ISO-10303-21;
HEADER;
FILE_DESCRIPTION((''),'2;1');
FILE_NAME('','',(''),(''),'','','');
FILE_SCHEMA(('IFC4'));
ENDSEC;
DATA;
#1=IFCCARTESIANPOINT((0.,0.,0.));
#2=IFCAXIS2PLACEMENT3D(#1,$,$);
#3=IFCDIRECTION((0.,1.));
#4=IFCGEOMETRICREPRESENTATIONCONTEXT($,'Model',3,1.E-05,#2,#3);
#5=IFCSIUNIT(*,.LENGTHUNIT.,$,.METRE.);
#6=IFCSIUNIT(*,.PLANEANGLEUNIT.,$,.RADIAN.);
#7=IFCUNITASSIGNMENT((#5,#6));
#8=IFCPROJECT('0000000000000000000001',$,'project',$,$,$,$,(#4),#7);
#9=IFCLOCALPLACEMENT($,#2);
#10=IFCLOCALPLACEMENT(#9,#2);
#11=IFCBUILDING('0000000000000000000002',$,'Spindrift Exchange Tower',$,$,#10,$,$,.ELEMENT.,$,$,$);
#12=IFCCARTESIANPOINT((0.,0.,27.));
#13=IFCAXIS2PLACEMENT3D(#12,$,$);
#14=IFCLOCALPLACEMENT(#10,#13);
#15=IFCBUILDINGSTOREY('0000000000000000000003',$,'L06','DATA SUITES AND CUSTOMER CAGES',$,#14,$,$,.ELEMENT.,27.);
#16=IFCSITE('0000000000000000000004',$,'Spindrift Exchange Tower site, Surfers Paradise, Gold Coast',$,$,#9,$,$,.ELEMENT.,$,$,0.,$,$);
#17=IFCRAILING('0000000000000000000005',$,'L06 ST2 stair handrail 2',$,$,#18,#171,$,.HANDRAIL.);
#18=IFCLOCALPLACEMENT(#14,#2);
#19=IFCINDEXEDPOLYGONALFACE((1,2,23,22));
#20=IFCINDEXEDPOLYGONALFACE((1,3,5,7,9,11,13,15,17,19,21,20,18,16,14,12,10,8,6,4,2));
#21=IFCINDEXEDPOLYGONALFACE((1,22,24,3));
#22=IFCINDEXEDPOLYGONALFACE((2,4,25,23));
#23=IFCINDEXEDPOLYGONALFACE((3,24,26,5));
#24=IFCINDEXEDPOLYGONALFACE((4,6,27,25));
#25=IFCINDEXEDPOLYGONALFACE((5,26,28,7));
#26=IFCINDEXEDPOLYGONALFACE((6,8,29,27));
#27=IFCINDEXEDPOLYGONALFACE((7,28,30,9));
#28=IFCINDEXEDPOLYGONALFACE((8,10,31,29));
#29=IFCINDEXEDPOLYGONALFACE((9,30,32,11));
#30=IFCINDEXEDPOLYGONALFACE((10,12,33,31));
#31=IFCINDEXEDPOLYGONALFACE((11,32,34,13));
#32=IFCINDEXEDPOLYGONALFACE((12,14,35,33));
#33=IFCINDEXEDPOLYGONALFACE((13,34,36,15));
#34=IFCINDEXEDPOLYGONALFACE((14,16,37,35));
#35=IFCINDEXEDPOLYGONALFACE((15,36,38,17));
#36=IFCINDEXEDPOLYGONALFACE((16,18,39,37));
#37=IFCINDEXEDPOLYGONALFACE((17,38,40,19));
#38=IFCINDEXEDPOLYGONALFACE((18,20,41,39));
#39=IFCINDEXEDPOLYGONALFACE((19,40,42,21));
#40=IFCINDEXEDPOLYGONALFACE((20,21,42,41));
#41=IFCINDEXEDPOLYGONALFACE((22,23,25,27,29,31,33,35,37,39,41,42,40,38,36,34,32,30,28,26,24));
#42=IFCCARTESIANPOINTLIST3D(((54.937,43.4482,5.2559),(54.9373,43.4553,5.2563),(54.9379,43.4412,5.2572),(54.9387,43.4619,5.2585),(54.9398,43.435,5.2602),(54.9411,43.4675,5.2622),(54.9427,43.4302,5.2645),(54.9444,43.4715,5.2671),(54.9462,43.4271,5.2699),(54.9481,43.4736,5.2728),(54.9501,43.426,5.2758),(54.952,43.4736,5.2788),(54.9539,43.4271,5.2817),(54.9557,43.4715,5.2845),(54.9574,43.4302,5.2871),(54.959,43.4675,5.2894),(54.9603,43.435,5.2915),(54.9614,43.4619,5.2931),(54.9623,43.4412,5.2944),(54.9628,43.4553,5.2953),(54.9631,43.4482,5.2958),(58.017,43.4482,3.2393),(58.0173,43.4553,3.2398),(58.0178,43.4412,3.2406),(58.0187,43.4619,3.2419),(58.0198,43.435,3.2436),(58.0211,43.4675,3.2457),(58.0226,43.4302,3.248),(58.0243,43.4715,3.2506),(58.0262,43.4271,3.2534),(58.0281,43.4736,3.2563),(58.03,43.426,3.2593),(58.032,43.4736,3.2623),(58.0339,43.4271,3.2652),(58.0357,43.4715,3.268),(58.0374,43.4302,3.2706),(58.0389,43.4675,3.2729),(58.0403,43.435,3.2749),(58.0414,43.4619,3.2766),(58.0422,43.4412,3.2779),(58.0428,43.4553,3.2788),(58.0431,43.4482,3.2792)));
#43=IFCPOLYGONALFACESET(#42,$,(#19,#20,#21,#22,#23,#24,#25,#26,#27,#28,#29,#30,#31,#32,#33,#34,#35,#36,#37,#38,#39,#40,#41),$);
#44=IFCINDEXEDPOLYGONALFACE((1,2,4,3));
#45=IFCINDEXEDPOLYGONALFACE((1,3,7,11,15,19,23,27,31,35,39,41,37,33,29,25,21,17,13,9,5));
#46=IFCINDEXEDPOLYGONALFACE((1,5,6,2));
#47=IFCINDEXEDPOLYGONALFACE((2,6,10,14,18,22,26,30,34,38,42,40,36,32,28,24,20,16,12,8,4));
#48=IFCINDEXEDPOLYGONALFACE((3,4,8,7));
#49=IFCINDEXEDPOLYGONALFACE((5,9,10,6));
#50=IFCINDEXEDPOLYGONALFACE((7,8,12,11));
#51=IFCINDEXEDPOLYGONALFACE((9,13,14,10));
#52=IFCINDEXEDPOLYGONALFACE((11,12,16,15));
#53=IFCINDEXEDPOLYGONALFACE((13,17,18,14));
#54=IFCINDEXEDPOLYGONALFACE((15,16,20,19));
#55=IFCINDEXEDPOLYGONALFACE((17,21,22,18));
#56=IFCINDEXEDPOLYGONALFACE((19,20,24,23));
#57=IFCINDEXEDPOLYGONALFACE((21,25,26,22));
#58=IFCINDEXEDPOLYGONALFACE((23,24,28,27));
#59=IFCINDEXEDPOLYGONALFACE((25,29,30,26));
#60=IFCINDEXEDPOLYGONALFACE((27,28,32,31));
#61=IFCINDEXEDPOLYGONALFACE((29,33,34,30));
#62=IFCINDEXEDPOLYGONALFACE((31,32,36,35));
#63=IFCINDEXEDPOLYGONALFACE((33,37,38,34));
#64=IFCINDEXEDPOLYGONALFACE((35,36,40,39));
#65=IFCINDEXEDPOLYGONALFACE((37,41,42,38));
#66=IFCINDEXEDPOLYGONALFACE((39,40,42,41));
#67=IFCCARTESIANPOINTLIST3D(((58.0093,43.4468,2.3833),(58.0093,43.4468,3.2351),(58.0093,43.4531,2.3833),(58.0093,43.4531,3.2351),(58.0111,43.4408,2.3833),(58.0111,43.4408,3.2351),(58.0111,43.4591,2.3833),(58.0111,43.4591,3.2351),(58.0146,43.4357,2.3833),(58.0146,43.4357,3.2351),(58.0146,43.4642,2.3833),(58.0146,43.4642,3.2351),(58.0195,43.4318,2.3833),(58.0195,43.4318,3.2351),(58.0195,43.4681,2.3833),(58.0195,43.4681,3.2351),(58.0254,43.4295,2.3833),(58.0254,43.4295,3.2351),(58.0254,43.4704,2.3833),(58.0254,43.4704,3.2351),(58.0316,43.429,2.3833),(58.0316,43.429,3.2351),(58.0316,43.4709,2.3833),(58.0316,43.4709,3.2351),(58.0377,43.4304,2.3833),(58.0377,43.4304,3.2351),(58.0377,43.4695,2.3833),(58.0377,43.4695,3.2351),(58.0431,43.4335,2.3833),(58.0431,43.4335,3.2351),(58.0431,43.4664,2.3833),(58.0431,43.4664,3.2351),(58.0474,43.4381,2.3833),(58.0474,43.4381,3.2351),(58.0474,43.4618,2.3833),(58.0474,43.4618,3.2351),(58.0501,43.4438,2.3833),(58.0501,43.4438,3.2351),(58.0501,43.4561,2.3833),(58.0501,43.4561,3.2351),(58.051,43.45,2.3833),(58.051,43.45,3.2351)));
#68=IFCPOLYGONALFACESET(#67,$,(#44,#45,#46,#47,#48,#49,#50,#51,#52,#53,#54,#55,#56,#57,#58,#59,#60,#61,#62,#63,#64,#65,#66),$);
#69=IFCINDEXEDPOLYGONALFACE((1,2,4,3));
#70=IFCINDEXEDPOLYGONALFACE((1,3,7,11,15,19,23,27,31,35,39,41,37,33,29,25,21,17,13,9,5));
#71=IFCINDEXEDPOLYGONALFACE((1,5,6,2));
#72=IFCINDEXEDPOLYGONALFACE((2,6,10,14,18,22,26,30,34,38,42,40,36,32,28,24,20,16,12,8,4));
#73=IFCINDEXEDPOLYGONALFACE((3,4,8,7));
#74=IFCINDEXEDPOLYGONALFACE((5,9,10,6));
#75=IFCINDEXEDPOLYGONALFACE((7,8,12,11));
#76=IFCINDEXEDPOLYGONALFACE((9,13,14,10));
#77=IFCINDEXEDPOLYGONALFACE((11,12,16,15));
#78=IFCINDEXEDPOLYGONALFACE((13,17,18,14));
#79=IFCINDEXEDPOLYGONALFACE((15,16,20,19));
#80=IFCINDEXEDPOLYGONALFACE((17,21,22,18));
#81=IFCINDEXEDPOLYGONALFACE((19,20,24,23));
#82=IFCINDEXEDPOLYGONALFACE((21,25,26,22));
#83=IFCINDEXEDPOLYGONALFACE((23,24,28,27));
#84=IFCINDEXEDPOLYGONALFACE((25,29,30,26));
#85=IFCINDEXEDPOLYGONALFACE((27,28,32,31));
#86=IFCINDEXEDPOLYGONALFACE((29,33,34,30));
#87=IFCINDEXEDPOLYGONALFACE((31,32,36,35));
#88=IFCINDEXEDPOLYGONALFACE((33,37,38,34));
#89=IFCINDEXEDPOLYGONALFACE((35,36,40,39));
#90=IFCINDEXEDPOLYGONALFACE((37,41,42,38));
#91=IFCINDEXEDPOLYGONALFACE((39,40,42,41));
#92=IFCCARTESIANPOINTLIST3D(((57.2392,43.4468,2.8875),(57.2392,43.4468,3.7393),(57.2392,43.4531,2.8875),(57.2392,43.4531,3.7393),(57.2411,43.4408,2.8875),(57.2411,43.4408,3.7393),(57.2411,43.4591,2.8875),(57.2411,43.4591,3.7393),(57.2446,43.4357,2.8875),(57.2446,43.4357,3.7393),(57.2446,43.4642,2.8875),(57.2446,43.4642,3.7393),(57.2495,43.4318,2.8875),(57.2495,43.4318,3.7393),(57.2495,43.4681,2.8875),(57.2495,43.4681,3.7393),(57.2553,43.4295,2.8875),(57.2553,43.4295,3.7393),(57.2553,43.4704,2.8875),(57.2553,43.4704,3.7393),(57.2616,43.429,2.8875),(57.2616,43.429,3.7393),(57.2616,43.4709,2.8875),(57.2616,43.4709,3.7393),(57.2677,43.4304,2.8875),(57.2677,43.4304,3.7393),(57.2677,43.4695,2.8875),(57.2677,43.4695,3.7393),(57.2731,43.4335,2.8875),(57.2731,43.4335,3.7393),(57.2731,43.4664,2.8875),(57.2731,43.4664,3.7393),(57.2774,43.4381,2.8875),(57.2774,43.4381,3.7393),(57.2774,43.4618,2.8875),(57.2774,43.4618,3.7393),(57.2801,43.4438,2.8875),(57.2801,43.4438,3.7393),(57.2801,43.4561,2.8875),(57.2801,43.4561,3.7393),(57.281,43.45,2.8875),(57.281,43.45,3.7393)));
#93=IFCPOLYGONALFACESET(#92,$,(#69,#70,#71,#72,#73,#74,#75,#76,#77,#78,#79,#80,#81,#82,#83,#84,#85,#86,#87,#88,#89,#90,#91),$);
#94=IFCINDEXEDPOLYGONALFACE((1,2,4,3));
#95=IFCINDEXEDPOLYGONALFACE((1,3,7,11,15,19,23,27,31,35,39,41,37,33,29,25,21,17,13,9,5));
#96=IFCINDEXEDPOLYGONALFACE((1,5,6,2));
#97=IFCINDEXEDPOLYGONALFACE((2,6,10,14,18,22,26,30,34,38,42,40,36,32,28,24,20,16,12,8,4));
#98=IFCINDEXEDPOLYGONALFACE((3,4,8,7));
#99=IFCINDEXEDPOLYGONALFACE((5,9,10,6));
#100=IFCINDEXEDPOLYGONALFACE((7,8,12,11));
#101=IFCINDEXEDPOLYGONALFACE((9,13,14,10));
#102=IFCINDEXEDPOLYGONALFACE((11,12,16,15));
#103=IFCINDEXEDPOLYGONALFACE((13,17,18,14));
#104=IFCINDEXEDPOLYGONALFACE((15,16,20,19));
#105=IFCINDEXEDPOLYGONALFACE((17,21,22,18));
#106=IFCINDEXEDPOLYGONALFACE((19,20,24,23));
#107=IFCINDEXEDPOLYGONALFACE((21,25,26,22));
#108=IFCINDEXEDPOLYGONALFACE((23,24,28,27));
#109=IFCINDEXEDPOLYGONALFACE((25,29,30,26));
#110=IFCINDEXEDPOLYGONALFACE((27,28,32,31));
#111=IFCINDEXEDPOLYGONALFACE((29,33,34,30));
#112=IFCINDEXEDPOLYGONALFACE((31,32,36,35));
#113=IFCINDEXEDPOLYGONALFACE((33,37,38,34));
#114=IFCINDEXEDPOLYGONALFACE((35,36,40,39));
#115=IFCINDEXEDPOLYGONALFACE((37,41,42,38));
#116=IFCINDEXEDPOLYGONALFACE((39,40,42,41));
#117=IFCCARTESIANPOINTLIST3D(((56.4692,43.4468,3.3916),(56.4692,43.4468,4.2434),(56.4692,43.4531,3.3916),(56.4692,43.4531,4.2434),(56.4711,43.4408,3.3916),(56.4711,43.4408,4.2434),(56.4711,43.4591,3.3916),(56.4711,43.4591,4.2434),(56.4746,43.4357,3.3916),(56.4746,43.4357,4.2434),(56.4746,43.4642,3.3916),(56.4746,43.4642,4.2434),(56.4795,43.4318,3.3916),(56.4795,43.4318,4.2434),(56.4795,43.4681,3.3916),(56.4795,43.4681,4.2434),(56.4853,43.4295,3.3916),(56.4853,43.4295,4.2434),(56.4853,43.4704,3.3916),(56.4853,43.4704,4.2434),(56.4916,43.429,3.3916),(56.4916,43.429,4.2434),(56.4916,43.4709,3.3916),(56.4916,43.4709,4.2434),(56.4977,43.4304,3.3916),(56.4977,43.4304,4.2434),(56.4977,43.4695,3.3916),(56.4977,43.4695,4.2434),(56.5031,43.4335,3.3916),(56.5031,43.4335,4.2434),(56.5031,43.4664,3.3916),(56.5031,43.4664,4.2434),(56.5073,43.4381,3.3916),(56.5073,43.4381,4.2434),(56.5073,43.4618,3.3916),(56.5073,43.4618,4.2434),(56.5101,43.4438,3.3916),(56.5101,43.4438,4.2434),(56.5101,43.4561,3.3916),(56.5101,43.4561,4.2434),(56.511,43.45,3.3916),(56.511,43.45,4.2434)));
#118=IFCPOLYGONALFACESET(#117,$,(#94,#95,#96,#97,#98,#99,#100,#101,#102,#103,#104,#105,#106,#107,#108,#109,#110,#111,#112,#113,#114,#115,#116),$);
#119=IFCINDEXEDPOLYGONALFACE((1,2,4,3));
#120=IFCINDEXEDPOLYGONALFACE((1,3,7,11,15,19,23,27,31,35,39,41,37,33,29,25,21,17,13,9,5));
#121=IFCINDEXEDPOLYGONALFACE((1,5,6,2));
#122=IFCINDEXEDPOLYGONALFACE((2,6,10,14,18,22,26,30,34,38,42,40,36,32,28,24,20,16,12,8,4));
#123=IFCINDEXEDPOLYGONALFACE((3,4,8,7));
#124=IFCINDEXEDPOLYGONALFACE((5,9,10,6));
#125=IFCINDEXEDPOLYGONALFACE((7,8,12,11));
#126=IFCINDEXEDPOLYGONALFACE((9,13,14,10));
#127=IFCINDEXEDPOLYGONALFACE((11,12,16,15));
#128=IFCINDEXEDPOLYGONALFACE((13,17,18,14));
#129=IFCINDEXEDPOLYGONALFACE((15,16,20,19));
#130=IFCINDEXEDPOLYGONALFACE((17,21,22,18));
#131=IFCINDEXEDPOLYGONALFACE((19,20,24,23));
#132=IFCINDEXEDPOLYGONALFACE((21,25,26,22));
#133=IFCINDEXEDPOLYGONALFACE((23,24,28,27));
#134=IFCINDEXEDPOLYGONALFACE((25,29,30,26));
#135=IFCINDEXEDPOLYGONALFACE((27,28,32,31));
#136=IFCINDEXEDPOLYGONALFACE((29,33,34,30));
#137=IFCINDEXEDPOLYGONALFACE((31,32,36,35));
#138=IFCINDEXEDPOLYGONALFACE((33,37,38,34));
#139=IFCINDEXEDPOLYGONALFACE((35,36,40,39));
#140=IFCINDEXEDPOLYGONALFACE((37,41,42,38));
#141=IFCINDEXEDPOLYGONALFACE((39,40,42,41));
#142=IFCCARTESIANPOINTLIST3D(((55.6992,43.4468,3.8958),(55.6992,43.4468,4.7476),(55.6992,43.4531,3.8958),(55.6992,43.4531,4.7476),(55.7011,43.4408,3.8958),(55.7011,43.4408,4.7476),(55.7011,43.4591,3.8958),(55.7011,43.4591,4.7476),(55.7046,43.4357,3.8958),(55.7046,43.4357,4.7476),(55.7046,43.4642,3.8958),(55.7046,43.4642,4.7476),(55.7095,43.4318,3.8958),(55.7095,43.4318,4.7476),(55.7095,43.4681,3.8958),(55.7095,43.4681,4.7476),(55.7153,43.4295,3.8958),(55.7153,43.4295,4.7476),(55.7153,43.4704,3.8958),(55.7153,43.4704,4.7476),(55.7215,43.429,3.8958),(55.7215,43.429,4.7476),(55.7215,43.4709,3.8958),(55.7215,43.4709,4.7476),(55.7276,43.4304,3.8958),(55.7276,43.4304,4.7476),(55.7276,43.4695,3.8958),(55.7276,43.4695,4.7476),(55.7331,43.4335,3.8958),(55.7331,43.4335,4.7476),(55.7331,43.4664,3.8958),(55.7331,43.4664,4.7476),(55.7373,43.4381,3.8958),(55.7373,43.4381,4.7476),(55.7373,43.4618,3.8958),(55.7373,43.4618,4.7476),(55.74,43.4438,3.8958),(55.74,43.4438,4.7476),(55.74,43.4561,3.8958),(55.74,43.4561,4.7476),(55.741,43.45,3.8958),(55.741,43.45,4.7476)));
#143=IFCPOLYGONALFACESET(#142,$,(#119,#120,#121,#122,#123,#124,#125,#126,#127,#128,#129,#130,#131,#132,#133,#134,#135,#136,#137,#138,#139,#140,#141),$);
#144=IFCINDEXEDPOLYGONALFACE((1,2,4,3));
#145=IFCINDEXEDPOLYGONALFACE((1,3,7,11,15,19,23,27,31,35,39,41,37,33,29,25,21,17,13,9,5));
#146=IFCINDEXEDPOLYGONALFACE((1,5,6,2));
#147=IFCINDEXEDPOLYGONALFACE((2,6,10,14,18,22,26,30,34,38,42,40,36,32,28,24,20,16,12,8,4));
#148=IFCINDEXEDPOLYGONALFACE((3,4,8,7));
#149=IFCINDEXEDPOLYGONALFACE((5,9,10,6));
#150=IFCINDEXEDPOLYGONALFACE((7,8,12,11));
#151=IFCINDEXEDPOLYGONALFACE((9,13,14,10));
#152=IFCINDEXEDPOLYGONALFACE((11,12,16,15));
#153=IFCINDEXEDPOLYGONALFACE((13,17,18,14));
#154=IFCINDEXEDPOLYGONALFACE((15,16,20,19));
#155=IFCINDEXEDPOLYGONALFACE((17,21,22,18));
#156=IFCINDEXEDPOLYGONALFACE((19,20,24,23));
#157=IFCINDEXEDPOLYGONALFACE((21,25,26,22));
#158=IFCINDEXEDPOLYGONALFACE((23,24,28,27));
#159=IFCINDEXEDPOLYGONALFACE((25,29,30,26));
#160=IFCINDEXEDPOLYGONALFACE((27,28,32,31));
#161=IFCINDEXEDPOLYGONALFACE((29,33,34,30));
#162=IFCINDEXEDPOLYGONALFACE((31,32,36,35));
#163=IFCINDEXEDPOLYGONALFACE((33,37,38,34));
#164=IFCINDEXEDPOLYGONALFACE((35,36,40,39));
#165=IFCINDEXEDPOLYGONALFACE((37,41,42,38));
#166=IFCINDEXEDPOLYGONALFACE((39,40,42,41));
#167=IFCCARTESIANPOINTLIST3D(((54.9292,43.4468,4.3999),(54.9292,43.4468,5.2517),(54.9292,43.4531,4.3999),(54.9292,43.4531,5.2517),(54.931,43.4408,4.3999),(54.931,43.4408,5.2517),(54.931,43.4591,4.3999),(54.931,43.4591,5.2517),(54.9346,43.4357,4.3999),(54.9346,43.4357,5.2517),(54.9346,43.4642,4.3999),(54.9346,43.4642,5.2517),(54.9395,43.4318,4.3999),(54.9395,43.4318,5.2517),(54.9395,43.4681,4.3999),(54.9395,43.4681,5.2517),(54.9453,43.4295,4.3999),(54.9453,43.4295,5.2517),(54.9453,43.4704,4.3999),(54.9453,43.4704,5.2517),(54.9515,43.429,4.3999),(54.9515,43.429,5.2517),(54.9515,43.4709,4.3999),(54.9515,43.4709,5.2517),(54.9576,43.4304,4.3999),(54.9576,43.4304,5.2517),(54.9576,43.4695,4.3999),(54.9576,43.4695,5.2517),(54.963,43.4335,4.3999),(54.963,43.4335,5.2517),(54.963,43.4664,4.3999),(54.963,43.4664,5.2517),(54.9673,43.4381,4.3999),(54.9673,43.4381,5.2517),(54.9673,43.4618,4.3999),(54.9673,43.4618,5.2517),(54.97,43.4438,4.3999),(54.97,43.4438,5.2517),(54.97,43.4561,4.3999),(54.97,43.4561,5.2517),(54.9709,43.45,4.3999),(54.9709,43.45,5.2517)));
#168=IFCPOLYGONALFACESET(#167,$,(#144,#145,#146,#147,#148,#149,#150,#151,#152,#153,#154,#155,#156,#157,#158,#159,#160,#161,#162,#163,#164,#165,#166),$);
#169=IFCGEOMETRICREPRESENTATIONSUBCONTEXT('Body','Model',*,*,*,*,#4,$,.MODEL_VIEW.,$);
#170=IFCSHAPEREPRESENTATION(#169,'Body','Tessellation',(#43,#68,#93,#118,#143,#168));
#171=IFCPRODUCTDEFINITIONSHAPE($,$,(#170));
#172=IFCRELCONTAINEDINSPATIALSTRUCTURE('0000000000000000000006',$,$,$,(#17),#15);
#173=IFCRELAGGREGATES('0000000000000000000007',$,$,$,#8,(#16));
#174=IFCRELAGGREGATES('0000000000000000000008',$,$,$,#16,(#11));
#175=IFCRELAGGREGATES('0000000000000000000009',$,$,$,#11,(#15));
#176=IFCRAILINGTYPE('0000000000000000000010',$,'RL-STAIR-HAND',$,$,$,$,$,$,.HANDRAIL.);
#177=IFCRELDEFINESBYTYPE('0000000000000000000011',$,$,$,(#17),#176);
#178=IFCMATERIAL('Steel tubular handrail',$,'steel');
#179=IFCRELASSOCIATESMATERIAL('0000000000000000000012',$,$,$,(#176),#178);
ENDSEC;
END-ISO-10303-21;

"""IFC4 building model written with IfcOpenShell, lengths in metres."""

from ifc_helpers import new_model, si_unit, direction, frame, origin, origin_2d, place, context, subcontext, project, spatial, circle, extrude, material, type_object, element, save


model = new_model("IFC4")

# Units and contexts
model_context = context("Model", 3, precision=1e-05, world=origin(), true_north=direction((0.0, 1.0)))
body_context = subcontext(model_context, "Body", "Model", "MODEL_VIEW")
ifc_project = project(units=[si_unit("LENGTHUNIT", "METRE"), si_unit("PLANEANGLEUNIT", "RADIAN")], contexts=[model_context])

# Site, building, storey
site_placement = place(None, origin())
site = spatial("IfcSite", under=ifc_project, at=site_placement, Name="Spindrift Exchange Tower site, Surfers Paradise, Gold Coast", CompositionType="ELEMENT", RefElevation=0.0)
building_placement = place(site_placement, origin())
building = spatial("IfcBuilding", under=site, at=building_placement, Name="Spindrift Exchange Tower", CompositionType="ELEMENT")
storey_placement = place(building_placement, frame((0.0, 0.0, 27.0)))
storey = spatial("IfcBuildingStorey", under=building, at=storey_placement, Name="L06", Description="DATA SUITES AND CUSTOMER CAGES", CompositionType="ELEMENT", Elevation=27.0)

# Railing
ifc_material_1 = material(Name="Steel tubular handrail", Category="steel")
railing_type_1 = type_object("IfcRailingType", Name="RL-STAIR-HAND", PredefinedType="HANDRAIL", material=ifc_material_1)
railing_1_placement = place(storey_placement, frame((58.03, 43.45, 2.3833)))
element("IfcRailing", 1, at=railing_1_placement, inside=storey, type_object=railing_type_1, Name="L06 ST2 stair handrail 2", PredefinedType="HANDRAIL", context=body_context, shape_type="SweptSolid", body=[
    extrude(circle(Radius=0.0239, at=origin_2d()), frame((0.0, 0.0, 0.876), z_axis=(-0.836633, 0.0, 0.547764), x_axis=(0.0, -1.0, 0.0)), (0.0, 0.0, 1.0), 3.6814),
    extrude(circle(Radius=0.021, at=origin_2d()), origin(), (0.0, 0.0, 1.0), 0.8518),
    extrude(circle(Radius=0.021, at=origin_2d()), frame((-0.77, 0.0, 0.5042)), (0.0, 0.0, 1.0), 0.8518),
    extrude(circle(Radius=0.021, at=origin_2d()), frame((-1.54, 0.0, 1.0083)), (0.0, 0.0, 1.0), 0.8518),
    extrude(circle(Radius=0.021, at=origin_2d()), frame((-2.3101, 0.0, 1.5125)), (0.0, 0.0, 1.0), 0.8518),
    extrude(circle(Radius=0.021, at=origin_2d()), frame((-3.0801, 0.0, 2.0166)), (0.0, 0.0, 1.0), 0.8518),
])

save(model, "model.ifc")
